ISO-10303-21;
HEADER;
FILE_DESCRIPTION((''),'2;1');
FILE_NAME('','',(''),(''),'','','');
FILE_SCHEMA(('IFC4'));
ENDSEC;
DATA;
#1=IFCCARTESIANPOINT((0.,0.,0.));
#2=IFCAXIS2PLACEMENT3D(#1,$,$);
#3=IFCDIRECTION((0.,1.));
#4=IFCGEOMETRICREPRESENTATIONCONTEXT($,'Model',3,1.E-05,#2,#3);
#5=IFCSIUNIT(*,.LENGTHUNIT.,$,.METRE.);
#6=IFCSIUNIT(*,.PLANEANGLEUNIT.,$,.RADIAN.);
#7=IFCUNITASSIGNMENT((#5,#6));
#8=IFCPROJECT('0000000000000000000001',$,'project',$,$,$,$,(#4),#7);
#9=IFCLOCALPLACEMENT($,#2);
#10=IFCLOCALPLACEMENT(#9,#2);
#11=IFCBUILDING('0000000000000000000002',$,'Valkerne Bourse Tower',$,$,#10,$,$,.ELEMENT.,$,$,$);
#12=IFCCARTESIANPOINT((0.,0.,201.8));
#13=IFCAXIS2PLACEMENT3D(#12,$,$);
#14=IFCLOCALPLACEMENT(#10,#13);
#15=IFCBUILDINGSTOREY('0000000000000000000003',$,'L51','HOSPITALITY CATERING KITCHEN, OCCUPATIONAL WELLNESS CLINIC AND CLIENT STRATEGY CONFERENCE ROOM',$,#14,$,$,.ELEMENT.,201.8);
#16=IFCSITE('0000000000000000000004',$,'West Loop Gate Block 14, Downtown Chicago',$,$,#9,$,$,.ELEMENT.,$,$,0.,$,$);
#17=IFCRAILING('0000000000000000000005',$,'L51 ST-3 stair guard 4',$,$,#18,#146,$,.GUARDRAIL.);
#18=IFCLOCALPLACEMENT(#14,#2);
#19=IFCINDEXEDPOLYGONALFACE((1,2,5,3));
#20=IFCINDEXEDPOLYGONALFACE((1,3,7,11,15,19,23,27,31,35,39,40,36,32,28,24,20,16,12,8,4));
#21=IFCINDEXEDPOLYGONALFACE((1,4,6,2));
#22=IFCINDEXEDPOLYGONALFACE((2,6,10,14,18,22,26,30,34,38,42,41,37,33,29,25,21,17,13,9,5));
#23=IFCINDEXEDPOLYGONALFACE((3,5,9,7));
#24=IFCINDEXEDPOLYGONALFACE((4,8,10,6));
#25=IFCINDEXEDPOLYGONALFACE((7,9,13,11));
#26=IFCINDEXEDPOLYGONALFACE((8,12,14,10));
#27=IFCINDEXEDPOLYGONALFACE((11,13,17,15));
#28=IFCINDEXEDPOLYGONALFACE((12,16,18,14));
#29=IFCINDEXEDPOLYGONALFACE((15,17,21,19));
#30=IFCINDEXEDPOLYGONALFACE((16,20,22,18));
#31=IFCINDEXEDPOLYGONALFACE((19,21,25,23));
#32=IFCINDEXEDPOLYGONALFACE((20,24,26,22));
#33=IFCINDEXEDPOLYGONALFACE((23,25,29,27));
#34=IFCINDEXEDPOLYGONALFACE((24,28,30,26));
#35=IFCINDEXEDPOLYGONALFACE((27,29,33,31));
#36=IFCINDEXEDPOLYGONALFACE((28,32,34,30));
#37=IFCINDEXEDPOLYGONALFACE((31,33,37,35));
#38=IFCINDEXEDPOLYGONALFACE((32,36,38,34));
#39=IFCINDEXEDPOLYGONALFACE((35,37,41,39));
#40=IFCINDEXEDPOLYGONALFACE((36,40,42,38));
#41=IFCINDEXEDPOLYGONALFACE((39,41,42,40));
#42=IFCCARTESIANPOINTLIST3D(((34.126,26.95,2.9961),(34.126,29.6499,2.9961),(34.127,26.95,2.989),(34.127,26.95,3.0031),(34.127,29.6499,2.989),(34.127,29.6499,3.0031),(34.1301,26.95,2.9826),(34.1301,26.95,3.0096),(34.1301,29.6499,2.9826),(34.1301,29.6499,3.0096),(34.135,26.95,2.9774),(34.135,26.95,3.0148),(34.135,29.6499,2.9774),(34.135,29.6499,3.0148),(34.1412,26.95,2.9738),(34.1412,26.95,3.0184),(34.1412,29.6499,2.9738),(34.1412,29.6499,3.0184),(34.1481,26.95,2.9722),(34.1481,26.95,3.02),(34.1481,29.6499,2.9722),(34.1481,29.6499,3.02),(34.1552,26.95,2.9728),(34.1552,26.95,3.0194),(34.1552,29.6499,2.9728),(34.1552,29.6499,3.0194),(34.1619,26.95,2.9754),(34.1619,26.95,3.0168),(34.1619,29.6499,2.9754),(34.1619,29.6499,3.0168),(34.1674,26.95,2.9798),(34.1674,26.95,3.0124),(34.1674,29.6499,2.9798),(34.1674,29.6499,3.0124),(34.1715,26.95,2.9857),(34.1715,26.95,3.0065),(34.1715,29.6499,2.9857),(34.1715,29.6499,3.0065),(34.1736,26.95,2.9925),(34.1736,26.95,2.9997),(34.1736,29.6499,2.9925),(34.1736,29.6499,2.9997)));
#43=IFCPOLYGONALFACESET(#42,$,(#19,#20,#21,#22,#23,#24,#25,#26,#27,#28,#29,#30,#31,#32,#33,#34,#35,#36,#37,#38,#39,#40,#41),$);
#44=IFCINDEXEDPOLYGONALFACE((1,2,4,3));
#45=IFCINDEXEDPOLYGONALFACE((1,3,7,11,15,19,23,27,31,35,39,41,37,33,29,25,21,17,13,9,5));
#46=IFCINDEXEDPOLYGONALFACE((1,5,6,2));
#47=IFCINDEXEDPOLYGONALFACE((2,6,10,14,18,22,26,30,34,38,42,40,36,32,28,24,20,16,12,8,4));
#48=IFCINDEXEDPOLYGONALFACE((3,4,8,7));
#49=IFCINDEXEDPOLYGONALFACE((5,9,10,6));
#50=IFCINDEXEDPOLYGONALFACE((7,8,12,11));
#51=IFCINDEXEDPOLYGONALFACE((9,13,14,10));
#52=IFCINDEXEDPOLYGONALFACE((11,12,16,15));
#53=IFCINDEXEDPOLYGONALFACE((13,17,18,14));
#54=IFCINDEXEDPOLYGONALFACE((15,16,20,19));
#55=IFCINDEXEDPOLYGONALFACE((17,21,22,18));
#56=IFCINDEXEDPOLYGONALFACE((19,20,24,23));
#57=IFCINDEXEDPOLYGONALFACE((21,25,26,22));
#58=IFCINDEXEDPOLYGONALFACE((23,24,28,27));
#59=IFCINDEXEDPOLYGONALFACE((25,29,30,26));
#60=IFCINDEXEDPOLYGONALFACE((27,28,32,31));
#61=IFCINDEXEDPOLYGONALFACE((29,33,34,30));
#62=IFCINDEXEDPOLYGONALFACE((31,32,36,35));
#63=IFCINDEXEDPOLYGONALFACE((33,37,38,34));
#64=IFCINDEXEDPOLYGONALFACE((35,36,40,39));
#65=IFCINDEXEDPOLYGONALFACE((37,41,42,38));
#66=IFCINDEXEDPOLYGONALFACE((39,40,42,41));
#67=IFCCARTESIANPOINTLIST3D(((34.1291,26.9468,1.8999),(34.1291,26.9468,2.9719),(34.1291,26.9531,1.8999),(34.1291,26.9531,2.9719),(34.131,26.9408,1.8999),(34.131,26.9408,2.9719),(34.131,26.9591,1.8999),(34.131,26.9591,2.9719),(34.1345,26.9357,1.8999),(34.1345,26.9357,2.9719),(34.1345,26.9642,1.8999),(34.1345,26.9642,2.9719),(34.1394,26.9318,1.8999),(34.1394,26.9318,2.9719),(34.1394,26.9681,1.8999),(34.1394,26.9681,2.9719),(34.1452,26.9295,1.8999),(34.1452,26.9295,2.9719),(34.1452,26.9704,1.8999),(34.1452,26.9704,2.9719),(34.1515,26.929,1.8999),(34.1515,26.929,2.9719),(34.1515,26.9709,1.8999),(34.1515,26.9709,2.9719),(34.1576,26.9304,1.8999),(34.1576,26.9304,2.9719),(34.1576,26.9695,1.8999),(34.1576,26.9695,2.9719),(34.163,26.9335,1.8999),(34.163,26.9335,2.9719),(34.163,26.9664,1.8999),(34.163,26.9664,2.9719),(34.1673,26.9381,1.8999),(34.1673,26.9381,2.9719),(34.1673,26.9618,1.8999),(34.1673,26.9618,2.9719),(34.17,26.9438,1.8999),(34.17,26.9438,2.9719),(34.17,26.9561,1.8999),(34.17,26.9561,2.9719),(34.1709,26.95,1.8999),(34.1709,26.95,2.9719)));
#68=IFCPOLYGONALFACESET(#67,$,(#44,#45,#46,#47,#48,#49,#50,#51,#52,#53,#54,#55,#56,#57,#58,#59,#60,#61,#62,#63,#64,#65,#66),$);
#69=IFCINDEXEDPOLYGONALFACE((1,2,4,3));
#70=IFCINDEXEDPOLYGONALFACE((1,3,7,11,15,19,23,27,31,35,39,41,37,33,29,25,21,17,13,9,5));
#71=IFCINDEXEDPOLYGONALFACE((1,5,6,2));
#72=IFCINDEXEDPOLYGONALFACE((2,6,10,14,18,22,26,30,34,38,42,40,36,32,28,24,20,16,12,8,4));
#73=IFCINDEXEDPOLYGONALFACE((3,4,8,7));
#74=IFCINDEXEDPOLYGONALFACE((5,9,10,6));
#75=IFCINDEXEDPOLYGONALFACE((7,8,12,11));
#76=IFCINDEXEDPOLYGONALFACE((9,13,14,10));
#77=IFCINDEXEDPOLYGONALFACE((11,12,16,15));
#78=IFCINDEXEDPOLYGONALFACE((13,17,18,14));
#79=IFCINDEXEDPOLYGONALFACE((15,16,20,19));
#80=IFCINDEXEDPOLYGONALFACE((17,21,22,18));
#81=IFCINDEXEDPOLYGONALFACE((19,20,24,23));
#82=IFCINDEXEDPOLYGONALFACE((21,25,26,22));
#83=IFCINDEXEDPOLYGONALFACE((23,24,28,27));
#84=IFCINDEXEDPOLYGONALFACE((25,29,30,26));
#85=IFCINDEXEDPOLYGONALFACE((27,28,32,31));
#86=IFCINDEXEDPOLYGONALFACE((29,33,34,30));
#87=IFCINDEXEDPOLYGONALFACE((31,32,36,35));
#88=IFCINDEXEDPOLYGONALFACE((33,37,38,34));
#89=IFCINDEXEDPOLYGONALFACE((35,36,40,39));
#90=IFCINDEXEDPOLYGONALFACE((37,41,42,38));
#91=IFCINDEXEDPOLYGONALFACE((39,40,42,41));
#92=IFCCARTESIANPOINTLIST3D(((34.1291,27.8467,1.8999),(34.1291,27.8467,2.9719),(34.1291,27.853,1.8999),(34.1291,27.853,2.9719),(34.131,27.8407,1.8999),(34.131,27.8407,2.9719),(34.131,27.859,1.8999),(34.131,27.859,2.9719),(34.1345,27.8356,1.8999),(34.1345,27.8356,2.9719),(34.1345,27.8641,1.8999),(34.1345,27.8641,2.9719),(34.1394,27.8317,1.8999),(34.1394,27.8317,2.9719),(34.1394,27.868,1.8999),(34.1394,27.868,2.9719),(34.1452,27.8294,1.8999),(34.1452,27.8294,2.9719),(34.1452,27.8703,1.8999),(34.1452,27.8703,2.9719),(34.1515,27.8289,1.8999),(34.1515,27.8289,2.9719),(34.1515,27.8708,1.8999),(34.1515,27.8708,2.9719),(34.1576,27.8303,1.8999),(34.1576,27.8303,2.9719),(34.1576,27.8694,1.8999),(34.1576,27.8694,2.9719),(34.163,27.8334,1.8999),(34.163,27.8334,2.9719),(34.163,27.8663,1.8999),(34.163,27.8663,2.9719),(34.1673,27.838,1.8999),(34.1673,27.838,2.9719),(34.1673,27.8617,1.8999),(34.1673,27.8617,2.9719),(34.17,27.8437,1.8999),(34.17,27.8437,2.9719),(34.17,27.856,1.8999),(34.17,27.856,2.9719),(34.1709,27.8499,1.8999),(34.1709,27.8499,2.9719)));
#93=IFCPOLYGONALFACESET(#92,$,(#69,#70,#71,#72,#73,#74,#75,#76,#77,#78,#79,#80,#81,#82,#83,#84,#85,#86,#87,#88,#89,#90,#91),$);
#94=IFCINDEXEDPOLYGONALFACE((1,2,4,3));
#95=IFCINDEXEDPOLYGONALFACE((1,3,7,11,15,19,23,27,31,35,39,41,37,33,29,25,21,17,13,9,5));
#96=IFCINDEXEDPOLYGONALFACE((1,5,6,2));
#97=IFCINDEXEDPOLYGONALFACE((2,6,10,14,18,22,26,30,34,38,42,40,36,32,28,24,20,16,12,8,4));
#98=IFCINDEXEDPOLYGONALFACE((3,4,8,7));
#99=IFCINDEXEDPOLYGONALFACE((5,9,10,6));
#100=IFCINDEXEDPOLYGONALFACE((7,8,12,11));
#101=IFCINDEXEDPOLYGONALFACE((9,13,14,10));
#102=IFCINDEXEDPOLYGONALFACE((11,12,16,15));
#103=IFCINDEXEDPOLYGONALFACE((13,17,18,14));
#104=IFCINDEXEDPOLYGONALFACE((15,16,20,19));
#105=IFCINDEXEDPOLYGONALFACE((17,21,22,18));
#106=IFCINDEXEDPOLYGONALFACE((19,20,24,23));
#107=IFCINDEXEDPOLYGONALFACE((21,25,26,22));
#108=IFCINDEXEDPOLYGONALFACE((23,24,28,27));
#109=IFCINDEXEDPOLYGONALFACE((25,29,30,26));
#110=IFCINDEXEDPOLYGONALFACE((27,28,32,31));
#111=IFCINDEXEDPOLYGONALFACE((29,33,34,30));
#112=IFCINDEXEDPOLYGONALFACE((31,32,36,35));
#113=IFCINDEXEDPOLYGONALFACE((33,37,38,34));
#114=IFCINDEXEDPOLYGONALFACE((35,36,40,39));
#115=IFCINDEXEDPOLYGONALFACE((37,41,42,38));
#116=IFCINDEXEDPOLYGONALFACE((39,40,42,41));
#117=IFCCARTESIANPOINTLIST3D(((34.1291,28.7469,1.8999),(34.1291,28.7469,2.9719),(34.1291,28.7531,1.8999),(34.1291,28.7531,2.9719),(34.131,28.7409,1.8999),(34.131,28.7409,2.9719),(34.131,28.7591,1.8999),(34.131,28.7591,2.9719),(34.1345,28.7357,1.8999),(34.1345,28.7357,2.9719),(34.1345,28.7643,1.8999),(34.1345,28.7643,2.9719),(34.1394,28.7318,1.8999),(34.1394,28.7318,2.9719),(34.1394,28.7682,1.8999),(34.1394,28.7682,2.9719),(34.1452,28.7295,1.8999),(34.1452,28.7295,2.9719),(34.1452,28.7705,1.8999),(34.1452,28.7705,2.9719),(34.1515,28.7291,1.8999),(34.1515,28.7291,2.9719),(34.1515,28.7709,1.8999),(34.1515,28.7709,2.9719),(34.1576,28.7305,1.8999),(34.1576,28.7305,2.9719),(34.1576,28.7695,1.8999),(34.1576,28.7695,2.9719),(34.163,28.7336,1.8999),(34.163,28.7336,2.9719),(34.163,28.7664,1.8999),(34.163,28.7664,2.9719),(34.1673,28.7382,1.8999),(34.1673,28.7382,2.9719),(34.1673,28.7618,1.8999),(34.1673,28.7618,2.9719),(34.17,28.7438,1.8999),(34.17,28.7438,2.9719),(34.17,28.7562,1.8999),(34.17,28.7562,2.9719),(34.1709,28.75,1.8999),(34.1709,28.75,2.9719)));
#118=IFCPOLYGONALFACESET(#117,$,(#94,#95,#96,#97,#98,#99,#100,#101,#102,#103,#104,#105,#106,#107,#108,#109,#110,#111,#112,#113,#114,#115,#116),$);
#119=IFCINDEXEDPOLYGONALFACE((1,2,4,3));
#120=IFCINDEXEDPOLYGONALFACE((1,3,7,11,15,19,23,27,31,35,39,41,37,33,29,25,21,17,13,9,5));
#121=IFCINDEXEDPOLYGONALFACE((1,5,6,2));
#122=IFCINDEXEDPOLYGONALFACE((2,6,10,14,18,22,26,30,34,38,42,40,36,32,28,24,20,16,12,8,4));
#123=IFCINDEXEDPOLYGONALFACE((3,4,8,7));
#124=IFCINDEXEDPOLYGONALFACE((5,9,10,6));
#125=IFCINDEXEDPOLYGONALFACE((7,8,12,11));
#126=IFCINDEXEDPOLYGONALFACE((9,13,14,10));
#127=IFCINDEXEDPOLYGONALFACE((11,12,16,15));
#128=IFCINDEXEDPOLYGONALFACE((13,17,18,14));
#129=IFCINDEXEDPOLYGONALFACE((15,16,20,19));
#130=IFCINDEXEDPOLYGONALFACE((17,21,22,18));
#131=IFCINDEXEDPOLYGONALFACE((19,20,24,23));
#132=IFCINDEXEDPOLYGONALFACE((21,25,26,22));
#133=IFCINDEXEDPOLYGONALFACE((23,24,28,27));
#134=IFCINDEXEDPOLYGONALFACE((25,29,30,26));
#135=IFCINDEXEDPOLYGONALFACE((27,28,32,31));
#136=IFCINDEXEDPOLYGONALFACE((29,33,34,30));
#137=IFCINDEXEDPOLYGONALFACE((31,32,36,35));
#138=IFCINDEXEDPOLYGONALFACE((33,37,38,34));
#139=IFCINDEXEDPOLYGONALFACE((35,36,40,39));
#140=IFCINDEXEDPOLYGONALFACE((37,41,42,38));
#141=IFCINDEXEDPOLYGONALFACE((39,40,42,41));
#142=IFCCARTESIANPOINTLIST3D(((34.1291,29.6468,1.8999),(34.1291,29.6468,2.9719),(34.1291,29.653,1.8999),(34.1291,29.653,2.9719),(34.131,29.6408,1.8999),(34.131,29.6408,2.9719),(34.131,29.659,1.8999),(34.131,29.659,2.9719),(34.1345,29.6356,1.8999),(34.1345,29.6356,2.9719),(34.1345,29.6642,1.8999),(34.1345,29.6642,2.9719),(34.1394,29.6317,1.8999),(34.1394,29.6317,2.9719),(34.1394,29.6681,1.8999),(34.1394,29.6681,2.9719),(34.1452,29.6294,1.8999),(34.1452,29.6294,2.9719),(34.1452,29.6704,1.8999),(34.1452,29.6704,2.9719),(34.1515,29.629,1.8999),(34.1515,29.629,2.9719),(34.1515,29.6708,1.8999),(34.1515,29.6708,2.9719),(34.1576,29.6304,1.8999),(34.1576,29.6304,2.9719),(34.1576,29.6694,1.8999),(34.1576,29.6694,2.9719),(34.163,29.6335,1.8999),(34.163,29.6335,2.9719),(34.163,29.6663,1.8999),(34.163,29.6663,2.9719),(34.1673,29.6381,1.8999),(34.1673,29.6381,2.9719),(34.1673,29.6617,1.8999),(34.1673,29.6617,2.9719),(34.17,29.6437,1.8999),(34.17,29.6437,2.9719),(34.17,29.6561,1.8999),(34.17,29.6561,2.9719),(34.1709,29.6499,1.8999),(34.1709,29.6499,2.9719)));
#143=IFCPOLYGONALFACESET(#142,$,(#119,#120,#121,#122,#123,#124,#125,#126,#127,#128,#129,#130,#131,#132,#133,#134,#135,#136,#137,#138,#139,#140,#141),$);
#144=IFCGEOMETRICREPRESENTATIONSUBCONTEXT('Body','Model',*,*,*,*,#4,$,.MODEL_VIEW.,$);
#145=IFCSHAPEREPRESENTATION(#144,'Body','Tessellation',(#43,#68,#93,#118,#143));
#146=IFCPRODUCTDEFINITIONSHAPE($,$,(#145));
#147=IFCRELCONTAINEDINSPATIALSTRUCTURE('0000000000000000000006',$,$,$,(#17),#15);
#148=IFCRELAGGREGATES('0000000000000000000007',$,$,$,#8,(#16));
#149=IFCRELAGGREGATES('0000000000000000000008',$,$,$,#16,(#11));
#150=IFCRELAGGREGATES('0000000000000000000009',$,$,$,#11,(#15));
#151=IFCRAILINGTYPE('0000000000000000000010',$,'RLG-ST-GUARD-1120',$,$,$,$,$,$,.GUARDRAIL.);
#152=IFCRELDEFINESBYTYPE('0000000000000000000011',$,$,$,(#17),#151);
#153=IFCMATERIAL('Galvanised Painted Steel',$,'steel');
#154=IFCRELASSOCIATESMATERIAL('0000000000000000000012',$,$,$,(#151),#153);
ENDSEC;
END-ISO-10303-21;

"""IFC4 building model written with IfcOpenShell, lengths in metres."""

from ifc_helpers import new_model, si_unit, direction, frame, origin, origin_2d, place, context, subcontext, project, spatial, circle, extrude, material, type_object, element, save


model = new_model("IFC4")

# Units and contexts
model_context = context("Model", 3, precision=1e-05, world=origin(), true_north=direction((0.0, 1.0)))
body_context = subcontext(model_context, "Body", "Model", "MODEL_VIEW")
ifc_project = project(units=[si_unit("LENGTHUNIT", "METRE"), si_unit("PLANEANGLEUNIT", "RADIAN")], contexts=[model_context])

# Site, building, storey
site_placement = place(None, origin())
site = spatial("IfcSite", under=ifc_project, at=site_placement, Name="West Loop Gate Block 14, Downtown Chicago", CompositionType="ELEMENT", RefElevation=0.0)
building_placement = place(site_placement, origin())
building = spatial("IfcBuilding", under=site, at=building_placement, Name="Valkerne Bourse Tower", CompositionType="ELEMENT")
storey_placement = place(building_placement, frame((0.0, 0.0, 201.8)))
storey = spatial("IfcBuildingStorey", under=building, at=storey_placement, Name="L51", Description="HOSPITALITY CATERING KITCHEN, OCCUPATIONAL WELLNESS CLINIC AND CLIENT STRATEGY CONFERENCE ROOM", CompositionType="ELEMENT", Elevation=201.8)

# Railing
ifc_material_1 = material(Name="Galvanised Painted Steel", Category="steel")
railing_type_1 = type_object("IfcRailingType", Name="RLG-ST-GUARD-1120", PredefinedType="GUARDRAIL", material=ifc_material_1)
for number, where, name in (
    (1, (34.1499, 26.95, 1.8999), "L51 ST-3 stair guard 4"),
):
    element("IfcRailing", number, at=place(storey_placement, frame(where)), inside=storey, type_object=railing_type_1, Name=name, PredefinedType="GUARDRAIL", context=body_context, shape_type="SweptSolid", body=[
        extrude(circle(Radius=0.0239, at=origin_2d()), frame((0.0, 0.0, 1.0962), z_axis=(0.0, 1.0, 0.0), x_axis=(-1.0, 0.0, 0.0)), (0.0, 0.0, 1.0), 2.7),
        extrude(circle(Radius=0.021, at=origin_2d()), origin(), (0.0, 0.0, 1.0), 1.072),
        extrude(circle(Radius=0.021, at=origin_2d()), frame((0.0, 0.8999, 0.0)), (0.0, 0.0, 1.0), 1.072),
        extrude(circle(Radius=0.021, at=origin_2d()), frame((0.0, 1.8, 0.0)), (0.0, 0.0, 1.0), 1.072),
        extrude(circle(Radius=0.021, at=origin_2d()), frame((0.0, 2.7, 0.0)), (0.0, 0.0, 1.0), 1.072),
    ])

save(model, "model.ifc")
